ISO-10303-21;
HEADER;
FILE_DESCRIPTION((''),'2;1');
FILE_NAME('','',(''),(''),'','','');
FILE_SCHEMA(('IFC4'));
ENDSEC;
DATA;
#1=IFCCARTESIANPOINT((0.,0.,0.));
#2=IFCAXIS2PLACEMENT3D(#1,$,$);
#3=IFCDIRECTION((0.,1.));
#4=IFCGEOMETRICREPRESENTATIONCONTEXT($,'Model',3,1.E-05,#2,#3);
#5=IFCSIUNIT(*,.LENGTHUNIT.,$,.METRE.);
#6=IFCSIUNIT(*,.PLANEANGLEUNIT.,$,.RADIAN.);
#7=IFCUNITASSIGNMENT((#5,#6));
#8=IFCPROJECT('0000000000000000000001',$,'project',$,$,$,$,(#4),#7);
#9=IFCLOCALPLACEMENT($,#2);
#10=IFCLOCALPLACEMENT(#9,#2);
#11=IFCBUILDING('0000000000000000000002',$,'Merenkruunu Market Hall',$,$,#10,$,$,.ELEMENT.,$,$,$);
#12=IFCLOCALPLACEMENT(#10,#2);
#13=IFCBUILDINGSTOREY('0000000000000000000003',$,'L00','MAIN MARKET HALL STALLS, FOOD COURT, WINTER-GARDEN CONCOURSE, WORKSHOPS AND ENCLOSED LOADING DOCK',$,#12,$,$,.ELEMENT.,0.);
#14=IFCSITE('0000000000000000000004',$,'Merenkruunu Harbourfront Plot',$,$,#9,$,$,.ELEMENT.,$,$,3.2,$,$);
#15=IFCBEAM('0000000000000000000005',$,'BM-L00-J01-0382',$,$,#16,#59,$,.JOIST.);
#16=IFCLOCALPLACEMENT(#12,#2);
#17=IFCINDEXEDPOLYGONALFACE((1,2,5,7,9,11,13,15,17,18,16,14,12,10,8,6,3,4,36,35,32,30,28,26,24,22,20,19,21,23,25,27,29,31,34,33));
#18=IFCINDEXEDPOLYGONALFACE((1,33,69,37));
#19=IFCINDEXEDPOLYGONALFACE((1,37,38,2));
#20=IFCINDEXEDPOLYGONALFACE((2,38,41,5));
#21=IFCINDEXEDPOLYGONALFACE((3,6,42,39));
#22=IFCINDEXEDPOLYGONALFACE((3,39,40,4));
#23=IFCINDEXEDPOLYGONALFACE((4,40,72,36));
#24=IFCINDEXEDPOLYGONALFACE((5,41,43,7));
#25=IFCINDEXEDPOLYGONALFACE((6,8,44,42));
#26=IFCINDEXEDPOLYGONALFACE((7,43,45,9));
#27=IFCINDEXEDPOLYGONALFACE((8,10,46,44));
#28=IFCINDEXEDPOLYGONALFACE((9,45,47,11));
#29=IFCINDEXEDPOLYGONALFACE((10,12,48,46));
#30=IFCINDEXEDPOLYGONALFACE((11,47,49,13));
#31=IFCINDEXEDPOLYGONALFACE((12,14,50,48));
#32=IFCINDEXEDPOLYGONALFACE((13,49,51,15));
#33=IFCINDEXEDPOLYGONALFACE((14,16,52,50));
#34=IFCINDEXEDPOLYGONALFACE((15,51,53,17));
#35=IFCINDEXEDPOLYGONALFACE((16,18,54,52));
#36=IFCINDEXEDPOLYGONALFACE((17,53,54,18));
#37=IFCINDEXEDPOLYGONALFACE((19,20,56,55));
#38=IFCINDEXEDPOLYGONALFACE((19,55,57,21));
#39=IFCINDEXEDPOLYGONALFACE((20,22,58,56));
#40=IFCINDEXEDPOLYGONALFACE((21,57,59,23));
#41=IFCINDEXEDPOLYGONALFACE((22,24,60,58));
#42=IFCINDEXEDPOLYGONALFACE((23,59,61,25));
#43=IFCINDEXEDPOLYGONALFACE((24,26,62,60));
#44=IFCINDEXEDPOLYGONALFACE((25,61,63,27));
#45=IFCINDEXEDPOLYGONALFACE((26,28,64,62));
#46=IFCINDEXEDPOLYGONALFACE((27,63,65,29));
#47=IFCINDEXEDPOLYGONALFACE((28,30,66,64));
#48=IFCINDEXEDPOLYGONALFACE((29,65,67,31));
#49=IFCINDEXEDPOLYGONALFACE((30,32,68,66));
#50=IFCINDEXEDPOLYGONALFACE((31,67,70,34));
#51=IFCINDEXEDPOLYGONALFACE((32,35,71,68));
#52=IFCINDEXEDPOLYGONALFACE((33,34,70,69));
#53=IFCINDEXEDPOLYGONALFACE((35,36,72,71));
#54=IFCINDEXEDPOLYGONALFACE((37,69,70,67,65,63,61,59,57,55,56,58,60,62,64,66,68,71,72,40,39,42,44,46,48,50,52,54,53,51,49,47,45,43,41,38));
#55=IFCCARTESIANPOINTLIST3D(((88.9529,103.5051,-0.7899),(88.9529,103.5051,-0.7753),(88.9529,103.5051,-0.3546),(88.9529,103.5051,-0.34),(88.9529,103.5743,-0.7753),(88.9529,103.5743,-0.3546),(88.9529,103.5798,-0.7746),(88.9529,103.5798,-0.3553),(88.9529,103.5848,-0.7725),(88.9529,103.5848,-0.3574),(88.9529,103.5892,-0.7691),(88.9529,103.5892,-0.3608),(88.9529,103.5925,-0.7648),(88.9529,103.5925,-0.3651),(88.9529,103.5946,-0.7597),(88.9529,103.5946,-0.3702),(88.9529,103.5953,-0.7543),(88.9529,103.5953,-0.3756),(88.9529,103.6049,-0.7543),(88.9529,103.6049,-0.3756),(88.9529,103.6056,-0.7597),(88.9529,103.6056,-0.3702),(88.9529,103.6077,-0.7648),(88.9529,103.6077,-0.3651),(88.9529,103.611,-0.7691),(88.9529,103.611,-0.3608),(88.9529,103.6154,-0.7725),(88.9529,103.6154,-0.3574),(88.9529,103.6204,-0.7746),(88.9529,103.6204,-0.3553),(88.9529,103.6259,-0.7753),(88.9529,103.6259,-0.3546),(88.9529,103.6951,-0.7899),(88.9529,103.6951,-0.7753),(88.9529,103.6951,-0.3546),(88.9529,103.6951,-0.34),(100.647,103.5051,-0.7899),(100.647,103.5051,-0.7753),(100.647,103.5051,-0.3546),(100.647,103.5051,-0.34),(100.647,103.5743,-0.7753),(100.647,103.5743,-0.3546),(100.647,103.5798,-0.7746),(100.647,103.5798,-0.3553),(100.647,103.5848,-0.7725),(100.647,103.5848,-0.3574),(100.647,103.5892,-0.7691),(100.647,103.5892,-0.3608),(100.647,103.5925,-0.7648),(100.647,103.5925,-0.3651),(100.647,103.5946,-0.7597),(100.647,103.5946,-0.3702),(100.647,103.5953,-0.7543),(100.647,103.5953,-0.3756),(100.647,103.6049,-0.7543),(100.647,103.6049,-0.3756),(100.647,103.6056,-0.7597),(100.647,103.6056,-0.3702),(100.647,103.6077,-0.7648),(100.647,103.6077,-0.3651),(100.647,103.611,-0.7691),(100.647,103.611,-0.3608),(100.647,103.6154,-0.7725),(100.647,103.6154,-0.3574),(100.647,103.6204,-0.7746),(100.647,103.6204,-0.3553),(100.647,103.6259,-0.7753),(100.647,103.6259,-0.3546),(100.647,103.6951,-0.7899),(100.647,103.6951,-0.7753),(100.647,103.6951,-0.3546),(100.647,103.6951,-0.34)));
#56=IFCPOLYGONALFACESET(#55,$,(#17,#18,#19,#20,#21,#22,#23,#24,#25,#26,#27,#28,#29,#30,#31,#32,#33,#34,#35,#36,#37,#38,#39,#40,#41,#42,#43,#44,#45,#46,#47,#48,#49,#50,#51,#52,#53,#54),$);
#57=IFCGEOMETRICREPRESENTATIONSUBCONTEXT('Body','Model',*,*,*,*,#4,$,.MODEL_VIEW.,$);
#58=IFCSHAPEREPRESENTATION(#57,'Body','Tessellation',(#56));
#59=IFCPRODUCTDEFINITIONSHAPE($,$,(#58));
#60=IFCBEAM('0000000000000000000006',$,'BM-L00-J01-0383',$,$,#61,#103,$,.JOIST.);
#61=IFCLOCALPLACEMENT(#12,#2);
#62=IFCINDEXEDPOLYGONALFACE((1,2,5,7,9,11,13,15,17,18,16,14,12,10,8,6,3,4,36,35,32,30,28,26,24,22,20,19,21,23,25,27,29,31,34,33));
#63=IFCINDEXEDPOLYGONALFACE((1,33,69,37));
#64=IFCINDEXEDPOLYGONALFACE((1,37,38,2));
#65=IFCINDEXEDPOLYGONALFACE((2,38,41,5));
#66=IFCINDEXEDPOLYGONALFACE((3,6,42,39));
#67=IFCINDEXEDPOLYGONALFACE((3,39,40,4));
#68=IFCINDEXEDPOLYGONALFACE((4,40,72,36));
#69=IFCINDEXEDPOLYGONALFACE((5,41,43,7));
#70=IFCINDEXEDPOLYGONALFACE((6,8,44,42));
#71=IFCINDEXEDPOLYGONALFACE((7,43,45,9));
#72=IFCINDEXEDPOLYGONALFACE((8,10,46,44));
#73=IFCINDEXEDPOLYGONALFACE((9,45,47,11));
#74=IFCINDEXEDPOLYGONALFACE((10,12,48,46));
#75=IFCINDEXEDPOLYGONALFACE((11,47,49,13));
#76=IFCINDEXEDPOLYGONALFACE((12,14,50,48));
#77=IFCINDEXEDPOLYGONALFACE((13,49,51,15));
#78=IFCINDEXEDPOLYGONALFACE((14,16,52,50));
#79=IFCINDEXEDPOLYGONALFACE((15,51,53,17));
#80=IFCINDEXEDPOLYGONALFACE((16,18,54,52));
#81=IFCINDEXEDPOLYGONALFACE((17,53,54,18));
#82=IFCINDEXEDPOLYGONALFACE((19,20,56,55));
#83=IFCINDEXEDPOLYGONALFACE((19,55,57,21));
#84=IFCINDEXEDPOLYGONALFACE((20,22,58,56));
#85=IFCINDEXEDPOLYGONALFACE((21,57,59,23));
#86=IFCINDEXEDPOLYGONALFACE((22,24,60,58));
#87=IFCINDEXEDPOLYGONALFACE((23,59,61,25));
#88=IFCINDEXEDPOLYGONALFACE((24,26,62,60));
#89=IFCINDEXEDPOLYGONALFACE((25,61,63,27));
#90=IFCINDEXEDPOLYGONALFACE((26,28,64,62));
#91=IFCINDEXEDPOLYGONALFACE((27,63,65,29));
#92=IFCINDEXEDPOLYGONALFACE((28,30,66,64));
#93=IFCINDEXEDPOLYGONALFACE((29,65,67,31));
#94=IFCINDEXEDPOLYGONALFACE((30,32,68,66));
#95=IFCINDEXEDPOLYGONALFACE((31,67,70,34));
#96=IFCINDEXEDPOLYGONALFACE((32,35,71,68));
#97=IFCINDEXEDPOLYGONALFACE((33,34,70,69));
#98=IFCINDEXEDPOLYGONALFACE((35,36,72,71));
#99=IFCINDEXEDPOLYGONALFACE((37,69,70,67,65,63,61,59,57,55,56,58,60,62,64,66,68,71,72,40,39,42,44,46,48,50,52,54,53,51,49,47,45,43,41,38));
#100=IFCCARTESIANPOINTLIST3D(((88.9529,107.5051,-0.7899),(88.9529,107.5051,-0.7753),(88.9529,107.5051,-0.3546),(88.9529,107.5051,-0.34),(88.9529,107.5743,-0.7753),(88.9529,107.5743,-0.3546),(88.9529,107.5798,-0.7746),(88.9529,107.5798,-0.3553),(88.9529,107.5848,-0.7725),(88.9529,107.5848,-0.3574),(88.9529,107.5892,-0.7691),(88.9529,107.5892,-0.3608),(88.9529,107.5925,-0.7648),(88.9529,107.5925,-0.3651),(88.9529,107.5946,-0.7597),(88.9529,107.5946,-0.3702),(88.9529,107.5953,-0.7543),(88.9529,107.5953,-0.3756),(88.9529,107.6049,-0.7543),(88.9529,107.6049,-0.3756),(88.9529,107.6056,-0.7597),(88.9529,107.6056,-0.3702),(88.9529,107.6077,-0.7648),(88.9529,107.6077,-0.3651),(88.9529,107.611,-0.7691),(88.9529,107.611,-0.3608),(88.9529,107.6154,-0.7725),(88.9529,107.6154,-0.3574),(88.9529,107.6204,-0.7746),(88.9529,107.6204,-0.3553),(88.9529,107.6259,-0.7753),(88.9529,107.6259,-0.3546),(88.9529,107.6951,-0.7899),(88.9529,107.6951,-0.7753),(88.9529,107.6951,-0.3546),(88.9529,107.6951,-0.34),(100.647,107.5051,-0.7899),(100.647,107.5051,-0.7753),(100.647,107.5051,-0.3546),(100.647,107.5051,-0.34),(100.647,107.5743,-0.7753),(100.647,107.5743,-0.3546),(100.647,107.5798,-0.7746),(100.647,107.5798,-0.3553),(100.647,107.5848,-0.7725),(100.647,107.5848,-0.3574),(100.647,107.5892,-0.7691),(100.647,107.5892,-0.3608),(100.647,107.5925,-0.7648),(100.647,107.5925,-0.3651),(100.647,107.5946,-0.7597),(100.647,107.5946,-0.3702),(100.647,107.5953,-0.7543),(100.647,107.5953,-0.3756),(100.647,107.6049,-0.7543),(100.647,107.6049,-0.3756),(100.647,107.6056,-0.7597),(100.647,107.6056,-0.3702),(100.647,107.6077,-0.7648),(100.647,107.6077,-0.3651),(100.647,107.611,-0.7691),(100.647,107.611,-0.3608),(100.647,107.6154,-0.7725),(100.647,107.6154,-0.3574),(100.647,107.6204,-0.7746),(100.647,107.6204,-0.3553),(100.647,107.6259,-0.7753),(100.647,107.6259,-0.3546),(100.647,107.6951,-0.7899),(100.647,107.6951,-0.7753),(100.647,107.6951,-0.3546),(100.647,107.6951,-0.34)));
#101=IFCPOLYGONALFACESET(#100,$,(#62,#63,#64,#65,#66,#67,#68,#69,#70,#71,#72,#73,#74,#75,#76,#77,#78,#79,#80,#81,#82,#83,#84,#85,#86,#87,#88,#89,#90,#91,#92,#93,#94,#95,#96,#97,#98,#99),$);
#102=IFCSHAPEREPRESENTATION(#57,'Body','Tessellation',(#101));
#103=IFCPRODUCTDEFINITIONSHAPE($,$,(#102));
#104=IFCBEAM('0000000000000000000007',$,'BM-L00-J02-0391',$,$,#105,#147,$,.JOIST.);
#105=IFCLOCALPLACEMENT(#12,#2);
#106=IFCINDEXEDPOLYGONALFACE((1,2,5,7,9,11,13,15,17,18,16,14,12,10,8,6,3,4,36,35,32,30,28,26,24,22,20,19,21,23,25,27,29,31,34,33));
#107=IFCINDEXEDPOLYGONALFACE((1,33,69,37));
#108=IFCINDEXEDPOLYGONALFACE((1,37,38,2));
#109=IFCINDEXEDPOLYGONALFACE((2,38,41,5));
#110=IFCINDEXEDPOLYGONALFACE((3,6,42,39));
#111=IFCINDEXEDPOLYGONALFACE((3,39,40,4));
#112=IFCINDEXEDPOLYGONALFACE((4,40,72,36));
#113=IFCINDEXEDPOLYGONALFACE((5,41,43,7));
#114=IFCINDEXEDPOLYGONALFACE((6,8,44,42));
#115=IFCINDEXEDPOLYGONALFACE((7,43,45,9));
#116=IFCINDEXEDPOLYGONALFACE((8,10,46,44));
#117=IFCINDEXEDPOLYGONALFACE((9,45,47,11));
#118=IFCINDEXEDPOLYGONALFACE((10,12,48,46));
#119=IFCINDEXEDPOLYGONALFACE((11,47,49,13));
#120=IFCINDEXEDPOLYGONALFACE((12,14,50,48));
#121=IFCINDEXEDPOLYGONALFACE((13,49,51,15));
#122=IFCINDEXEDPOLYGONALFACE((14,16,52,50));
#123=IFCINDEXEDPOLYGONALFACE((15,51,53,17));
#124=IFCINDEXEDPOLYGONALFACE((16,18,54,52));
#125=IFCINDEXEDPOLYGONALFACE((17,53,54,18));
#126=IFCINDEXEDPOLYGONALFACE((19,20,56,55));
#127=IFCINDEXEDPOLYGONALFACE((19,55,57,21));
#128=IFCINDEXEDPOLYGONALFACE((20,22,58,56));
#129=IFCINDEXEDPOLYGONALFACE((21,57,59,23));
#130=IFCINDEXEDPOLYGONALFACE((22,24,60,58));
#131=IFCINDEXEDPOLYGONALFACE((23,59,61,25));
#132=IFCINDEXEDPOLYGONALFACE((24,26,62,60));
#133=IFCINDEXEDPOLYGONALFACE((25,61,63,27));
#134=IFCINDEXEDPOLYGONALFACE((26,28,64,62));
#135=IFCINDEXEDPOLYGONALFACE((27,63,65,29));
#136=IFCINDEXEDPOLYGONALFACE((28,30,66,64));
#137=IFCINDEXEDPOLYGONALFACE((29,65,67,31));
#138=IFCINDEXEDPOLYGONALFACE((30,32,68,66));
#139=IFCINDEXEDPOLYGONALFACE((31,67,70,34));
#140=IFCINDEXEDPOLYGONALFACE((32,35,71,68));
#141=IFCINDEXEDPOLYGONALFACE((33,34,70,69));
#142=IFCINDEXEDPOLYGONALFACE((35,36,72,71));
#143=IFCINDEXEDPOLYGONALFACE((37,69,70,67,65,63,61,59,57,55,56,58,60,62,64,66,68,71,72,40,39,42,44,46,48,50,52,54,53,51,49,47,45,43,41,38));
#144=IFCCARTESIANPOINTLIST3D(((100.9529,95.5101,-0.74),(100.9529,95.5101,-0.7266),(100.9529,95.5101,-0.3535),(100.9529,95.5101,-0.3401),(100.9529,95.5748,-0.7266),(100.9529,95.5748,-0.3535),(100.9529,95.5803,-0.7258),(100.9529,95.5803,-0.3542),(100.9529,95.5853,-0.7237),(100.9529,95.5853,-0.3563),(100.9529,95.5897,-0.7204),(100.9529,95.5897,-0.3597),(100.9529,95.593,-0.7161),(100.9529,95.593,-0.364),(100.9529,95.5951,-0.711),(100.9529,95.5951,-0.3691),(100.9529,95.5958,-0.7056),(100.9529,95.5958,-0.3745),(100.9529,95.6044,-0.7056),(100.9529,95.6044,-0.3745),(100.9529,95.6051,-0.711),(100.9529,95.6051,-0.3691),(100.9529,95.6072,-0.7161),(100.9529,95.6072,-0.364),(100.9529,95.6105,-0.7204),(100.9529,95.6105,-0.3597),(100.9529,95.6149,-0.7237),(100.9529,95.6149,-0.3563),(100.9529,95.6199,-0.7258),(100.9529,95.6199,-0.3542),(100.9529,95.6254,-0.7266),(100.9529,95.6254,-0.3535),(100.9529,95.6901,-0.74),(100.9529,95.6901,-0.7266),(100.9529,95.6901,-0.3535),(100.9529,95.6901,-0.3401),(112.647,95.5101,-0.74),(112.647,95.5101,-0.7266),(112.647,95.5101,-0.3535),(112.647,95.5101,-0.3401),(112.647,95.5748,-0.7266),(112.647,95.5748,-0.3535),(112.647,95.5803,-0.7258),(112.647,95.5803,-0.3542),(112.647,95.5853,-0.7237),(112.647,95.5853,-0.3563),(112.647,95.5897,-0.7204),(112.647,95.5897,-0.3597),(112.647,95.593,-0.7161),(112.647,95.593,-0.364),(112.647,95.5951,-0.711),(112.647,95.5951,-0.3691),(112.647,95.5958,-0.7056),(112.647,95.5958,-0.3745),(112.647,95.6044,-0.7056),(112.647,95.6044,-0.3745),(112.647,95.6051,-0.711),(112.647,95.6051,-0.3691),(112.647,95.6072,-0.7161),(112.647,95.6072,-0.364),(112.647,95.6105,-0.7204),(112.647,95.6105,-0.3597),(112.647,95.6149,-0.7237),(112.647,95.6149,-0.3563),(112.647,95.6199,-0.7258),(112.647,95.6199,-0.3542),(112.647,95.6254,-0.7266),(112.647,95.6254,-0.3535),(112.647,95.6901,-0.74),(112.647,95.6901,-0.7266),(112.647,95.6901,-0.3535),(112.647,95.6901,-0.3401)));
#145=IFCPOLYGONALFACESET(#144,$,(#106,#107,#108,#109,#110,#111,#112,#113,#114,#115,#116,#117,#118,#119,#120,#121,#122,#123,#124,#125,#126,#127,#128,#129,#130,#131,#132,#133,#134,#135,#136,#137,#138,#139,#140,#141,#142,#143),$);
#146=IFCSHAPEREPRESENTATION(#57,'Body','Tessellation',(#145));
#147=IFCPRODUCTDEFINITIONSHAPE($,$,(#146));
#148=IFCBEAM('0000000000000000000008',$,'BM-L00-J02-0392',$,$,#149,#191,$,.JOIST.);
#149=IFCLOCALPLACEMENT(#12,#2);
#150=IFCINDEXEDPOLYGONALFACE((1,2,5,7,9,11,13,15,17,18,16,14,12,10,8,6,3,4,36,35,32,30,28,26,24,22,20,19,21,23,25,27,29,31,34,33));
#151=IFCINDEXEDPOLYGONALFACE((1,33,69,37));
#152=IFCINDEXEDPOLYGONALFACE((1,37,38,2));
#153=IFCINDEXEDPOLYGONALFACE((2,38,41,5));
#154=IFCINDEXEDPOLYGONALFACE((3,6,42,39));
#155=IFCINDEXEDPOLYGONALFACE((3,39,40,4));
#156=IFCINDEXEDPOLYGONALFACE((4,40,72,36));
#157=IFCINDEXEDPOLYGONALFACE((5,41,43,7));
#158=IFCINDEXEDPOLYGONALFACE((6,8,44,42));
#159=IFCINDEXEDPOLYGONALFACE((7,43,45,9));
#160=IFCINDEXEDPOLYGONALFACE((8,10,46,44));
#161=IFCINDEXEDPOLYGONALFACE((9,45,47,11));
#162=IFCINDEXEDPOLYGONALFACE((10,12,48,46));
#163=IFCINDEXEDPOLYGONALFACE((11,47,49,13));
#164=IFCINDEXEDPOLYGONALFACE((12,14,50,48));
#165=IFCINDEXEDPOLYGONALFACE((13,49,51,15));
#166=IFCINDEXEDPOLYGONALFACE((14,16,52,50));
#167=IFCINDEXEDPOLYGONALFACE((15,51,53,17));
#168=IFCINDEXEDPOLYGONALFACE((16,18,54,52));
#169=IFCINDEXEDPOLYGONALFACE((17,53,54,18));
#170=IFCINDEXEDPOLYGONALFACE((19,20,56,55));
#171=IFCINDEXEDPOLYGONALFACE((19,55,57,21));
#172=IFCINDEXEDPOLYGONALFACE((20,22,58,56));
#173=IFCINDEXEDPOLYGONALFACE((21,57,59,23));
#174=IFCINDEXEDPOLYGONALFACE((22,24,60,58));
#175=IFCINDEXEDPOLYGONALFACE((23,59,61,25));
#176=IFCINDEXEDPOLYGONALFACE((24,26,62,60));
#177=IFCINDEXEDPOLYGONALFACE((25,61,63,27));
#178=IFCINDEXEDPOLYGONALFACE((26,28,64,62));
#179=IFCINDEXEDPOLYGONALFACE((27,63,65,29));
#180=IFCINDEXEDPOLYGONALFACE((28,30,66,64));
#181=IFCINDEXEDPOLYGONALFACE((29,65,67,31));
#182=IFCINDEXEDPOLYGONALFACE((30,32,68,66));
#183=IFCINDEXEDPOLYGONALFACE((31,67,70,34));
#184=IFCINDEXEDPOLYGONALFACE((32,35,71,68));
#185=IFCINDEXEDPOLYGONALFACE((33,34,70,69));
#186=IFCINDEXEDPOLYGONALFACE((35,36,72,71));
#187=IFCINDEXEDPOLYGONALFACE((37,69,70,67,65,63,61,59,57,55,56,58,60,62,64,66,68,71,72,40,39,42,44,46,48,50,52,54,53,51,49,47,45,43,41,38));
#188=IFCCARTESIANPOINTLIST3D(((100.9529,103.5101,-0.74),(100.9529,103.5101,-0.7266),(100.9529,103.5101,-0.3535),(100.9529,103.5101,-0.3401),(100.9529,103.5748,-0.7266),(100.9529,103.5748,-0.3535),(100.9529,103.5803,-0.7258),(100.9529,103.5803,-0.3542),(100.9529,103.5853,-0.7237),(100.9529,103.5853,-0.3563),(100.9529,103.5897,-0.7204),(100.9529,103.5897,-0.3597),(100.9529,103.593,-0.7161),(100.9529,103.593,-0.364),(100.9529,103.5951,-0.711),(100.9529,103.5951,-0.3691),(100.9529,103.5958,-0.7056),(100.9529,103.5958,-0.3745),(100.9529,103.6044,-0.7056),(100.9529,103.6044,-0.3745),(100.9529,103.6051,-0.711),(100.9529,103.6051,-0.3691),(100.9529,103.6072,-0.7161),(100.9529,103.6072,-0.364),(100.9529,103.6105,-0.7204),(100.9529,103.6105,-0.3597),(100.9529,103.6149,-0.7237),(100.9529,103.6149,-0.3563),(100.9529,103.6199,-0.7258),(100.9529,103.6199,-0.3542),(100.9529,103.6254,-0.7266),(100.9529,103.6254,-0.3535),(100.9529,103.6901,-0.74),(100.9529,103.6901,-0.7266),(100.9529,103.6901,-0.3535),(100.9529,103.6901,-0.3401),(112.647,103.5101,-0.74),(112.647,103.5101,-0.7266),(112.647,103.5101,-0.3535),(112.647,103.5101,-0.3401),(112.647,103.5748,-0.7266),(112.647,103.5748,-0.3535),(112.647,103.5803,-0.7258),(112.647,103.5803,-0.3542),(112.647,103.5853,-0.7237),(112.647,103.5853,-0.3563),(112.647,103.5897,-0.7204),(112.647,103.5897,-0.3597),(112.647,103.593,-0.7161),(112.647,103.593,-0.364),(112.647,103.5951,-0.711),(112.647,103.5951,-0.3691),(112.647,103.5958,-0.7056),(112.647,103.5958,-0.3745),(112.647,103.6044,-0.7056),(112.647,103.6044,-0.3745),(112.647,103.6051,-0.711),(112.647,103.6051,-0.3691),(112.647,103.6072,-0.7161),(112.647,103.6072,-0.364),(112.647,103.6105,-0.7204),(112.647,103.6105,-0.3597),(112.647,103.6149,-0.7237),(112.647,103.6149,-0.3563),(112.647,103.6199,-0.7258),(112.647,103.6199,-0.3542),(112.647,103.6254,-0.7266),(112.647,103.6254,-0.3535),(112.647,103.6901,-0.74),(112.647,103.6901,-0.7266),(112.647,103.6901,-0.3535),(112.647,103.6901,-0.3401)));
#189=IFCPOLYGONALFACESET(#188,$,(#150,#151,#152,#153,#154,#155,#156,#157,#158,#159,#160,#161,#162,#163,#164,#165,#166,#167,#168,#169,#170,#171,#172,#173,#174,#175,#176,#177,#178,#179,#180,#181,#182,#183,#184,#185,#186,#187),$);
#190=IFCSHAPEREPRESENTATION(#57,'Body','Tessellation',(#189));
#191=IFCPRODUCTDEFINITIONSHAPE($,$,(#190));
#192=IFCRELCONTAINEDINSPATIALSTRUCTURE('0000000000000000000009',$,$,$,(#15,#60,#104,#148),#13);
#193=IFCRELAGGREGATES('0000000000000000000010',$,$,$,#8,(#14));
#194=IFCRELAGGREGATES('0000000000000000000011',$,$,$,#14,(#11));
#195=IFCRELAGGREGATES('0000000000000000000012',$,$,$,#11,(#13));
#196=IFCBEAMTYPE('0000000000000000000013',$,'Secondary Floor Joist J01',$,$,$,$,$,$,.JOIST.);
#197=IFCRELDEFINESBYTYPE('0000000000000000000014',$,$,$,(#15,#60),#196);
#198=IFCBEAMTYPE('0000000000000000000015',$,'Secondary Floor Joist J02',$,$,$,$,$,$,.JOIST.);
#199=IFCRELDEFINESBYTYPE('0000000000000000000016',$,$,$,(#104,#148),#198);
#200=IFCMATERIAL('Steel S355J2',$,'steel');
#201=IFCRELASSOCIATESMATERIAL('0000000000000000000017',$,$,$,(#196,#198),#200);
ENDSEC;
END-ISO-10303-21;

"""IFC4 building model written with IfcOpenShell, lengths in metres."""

from ifc_helpers import new_model, si_unit, direction, frame, origin, origin_2d, place, context, subcontext, project, spatial, i_section, extrude, material, material_profile, profile_set, type_object, element, save


model = new_model("IFC4")

# Units and contexts
model_context = context("Model", 3, precision=1e-05, world=origin(), true_north=direction((0.0, 1.0)))
body_context = subcontext(model_context, "Body", "Model", "MODEL_VIEW")
ifc_project = project(units=[si_unit("LENGTHUNIT", "METRE"), si_unit("PLANEANGLEUNIT", "RADIAN")], contexts=[model_context])

# Site, building, storey
site_placement = place(None, origin())
site = spatial("IfcSite", under=ifc_project, at=site_placement, Name="Merenkruunu Harbourfront Plot", CompositionType="ELEMENT", RefElevation=3.2)
building_placement = place(site_placement, origin())
building = spatial("IfcBuilding", under=site, at=building_placement, Name="Merenkruunu Market Hall", CompositionType="ELEMENT")
storey_placement = place(building_placement, origin())
storey = spatial("IfcBuildingStorey", under=building, at=storey_placement, Name="L00", Description="MAIN MARKET HALL STALLS, FOOD COURT, WINTER-GARDEN CONCOURSE, WORKSHOPS AND ENCLOSED LOADING DOCK", CompositionType="ELEMENT", Elevation=0.0)

# Shared definitions
ifc_material_1 = material(Name="Steel S355J2", Category="steel")

# Beams
ifc_material_profile_1 = material_profile(ifc_material_1, i_section(OverallWidth=0.1899, OverallDepth=0.45, WebThickness=0.0095, FlangeThickness=0.0146, FilletRadius=0.021, at=origin_2d()), Name="IPE 450")
ifc_profile_set_1 = profile_set([ifc_material_profile_1], Name="Steel S355J2")
beam_type_1 = type_object("IfcBeamType", Name="Secondary Floor Joist J01", PredefinedType="JOIST", material=ifc_profile_set_1)
for number, where, z_axis, x_axis, name in (
    (1, (88.9529, 103.6001, -0.5649), (1.0, 0.0, 0.0), (0.0, 1.0, 0.0), "BM-L00-J01-0382"),
    (2, (88.9529, 107.6001, -0.5649), (1.0, 0.0, 0.0), (0.0, 1.0, 0.0), "BM-L00-J01-0383"),
):
    element("IfcBeam", number, at=place(storey_placement, frame(where, z_axis=z_axis, x_axis=x_axis)), inside=storey, type_object=beam_type_1, Name=name, PredefinedType="JOIST", context=body_context, shape_type="SweptSolid", body=[
        extrude(i_section(OverallWidth=0.1899, OverallDepth=0.45, WebThickness=0.0095, FlangeThickness=0.0146, FilletRadius=0.021, at=origin_2d()), origin(), (0.0, 0.0, 1.0), 11.6941),
    ])
ifc_material_profile_2 = material_profile(ifc_material_1, i_section(OverallWidth=0.1799, OverallDepth=0.3999, WebThickness=0.0085, FlangeThickness=0.0134, FilletRadius=0.021, at=origin_2d()), Name="IPE 400")
ifc_profile_set_2 = profile_set([ifc_material_profile_2], Name="Steel S355J2")
beam_type_2 = type_object("IfcBeamType", Name="Secondary Floor Joist J02", PredefinedType="JOIST", material=ifc_profile_set_2)
for number, where, z_axis, x_axis, name in (
    (3, (100.9529, 95.6001, -0.54), (1.0, 0.0, 0.0), (0.0, 1.0, 0.0), "BM-L00-J02-0391"),
    (4, (100.9529, 103.6001, -0.54), (1.0, 0.0, 0.0), (0.0, 1.0, 0.0), "BM-L00-J02-0392"),
):
    element("IfcBeam", number, at=place(storey_placement, frame(where, z_axis=z_axis, x_axis=x_axis)), inside=storey, type_object=beam_type_2, Name=name, PredefinedType="JOIST", context=body_context, shape_type="SweptSolid", body=[
        extrude(i_section(OverallWidth=0.1799, OverallDepth=0.3999, WebThickness=0.0085, FlangeThickness=0.0134, FilletRadius=0.021, at=origin_2d()), origin(), (0.0, 0.0, 1.0), 11.6941),
    ])

save(model, "model.ifc")
